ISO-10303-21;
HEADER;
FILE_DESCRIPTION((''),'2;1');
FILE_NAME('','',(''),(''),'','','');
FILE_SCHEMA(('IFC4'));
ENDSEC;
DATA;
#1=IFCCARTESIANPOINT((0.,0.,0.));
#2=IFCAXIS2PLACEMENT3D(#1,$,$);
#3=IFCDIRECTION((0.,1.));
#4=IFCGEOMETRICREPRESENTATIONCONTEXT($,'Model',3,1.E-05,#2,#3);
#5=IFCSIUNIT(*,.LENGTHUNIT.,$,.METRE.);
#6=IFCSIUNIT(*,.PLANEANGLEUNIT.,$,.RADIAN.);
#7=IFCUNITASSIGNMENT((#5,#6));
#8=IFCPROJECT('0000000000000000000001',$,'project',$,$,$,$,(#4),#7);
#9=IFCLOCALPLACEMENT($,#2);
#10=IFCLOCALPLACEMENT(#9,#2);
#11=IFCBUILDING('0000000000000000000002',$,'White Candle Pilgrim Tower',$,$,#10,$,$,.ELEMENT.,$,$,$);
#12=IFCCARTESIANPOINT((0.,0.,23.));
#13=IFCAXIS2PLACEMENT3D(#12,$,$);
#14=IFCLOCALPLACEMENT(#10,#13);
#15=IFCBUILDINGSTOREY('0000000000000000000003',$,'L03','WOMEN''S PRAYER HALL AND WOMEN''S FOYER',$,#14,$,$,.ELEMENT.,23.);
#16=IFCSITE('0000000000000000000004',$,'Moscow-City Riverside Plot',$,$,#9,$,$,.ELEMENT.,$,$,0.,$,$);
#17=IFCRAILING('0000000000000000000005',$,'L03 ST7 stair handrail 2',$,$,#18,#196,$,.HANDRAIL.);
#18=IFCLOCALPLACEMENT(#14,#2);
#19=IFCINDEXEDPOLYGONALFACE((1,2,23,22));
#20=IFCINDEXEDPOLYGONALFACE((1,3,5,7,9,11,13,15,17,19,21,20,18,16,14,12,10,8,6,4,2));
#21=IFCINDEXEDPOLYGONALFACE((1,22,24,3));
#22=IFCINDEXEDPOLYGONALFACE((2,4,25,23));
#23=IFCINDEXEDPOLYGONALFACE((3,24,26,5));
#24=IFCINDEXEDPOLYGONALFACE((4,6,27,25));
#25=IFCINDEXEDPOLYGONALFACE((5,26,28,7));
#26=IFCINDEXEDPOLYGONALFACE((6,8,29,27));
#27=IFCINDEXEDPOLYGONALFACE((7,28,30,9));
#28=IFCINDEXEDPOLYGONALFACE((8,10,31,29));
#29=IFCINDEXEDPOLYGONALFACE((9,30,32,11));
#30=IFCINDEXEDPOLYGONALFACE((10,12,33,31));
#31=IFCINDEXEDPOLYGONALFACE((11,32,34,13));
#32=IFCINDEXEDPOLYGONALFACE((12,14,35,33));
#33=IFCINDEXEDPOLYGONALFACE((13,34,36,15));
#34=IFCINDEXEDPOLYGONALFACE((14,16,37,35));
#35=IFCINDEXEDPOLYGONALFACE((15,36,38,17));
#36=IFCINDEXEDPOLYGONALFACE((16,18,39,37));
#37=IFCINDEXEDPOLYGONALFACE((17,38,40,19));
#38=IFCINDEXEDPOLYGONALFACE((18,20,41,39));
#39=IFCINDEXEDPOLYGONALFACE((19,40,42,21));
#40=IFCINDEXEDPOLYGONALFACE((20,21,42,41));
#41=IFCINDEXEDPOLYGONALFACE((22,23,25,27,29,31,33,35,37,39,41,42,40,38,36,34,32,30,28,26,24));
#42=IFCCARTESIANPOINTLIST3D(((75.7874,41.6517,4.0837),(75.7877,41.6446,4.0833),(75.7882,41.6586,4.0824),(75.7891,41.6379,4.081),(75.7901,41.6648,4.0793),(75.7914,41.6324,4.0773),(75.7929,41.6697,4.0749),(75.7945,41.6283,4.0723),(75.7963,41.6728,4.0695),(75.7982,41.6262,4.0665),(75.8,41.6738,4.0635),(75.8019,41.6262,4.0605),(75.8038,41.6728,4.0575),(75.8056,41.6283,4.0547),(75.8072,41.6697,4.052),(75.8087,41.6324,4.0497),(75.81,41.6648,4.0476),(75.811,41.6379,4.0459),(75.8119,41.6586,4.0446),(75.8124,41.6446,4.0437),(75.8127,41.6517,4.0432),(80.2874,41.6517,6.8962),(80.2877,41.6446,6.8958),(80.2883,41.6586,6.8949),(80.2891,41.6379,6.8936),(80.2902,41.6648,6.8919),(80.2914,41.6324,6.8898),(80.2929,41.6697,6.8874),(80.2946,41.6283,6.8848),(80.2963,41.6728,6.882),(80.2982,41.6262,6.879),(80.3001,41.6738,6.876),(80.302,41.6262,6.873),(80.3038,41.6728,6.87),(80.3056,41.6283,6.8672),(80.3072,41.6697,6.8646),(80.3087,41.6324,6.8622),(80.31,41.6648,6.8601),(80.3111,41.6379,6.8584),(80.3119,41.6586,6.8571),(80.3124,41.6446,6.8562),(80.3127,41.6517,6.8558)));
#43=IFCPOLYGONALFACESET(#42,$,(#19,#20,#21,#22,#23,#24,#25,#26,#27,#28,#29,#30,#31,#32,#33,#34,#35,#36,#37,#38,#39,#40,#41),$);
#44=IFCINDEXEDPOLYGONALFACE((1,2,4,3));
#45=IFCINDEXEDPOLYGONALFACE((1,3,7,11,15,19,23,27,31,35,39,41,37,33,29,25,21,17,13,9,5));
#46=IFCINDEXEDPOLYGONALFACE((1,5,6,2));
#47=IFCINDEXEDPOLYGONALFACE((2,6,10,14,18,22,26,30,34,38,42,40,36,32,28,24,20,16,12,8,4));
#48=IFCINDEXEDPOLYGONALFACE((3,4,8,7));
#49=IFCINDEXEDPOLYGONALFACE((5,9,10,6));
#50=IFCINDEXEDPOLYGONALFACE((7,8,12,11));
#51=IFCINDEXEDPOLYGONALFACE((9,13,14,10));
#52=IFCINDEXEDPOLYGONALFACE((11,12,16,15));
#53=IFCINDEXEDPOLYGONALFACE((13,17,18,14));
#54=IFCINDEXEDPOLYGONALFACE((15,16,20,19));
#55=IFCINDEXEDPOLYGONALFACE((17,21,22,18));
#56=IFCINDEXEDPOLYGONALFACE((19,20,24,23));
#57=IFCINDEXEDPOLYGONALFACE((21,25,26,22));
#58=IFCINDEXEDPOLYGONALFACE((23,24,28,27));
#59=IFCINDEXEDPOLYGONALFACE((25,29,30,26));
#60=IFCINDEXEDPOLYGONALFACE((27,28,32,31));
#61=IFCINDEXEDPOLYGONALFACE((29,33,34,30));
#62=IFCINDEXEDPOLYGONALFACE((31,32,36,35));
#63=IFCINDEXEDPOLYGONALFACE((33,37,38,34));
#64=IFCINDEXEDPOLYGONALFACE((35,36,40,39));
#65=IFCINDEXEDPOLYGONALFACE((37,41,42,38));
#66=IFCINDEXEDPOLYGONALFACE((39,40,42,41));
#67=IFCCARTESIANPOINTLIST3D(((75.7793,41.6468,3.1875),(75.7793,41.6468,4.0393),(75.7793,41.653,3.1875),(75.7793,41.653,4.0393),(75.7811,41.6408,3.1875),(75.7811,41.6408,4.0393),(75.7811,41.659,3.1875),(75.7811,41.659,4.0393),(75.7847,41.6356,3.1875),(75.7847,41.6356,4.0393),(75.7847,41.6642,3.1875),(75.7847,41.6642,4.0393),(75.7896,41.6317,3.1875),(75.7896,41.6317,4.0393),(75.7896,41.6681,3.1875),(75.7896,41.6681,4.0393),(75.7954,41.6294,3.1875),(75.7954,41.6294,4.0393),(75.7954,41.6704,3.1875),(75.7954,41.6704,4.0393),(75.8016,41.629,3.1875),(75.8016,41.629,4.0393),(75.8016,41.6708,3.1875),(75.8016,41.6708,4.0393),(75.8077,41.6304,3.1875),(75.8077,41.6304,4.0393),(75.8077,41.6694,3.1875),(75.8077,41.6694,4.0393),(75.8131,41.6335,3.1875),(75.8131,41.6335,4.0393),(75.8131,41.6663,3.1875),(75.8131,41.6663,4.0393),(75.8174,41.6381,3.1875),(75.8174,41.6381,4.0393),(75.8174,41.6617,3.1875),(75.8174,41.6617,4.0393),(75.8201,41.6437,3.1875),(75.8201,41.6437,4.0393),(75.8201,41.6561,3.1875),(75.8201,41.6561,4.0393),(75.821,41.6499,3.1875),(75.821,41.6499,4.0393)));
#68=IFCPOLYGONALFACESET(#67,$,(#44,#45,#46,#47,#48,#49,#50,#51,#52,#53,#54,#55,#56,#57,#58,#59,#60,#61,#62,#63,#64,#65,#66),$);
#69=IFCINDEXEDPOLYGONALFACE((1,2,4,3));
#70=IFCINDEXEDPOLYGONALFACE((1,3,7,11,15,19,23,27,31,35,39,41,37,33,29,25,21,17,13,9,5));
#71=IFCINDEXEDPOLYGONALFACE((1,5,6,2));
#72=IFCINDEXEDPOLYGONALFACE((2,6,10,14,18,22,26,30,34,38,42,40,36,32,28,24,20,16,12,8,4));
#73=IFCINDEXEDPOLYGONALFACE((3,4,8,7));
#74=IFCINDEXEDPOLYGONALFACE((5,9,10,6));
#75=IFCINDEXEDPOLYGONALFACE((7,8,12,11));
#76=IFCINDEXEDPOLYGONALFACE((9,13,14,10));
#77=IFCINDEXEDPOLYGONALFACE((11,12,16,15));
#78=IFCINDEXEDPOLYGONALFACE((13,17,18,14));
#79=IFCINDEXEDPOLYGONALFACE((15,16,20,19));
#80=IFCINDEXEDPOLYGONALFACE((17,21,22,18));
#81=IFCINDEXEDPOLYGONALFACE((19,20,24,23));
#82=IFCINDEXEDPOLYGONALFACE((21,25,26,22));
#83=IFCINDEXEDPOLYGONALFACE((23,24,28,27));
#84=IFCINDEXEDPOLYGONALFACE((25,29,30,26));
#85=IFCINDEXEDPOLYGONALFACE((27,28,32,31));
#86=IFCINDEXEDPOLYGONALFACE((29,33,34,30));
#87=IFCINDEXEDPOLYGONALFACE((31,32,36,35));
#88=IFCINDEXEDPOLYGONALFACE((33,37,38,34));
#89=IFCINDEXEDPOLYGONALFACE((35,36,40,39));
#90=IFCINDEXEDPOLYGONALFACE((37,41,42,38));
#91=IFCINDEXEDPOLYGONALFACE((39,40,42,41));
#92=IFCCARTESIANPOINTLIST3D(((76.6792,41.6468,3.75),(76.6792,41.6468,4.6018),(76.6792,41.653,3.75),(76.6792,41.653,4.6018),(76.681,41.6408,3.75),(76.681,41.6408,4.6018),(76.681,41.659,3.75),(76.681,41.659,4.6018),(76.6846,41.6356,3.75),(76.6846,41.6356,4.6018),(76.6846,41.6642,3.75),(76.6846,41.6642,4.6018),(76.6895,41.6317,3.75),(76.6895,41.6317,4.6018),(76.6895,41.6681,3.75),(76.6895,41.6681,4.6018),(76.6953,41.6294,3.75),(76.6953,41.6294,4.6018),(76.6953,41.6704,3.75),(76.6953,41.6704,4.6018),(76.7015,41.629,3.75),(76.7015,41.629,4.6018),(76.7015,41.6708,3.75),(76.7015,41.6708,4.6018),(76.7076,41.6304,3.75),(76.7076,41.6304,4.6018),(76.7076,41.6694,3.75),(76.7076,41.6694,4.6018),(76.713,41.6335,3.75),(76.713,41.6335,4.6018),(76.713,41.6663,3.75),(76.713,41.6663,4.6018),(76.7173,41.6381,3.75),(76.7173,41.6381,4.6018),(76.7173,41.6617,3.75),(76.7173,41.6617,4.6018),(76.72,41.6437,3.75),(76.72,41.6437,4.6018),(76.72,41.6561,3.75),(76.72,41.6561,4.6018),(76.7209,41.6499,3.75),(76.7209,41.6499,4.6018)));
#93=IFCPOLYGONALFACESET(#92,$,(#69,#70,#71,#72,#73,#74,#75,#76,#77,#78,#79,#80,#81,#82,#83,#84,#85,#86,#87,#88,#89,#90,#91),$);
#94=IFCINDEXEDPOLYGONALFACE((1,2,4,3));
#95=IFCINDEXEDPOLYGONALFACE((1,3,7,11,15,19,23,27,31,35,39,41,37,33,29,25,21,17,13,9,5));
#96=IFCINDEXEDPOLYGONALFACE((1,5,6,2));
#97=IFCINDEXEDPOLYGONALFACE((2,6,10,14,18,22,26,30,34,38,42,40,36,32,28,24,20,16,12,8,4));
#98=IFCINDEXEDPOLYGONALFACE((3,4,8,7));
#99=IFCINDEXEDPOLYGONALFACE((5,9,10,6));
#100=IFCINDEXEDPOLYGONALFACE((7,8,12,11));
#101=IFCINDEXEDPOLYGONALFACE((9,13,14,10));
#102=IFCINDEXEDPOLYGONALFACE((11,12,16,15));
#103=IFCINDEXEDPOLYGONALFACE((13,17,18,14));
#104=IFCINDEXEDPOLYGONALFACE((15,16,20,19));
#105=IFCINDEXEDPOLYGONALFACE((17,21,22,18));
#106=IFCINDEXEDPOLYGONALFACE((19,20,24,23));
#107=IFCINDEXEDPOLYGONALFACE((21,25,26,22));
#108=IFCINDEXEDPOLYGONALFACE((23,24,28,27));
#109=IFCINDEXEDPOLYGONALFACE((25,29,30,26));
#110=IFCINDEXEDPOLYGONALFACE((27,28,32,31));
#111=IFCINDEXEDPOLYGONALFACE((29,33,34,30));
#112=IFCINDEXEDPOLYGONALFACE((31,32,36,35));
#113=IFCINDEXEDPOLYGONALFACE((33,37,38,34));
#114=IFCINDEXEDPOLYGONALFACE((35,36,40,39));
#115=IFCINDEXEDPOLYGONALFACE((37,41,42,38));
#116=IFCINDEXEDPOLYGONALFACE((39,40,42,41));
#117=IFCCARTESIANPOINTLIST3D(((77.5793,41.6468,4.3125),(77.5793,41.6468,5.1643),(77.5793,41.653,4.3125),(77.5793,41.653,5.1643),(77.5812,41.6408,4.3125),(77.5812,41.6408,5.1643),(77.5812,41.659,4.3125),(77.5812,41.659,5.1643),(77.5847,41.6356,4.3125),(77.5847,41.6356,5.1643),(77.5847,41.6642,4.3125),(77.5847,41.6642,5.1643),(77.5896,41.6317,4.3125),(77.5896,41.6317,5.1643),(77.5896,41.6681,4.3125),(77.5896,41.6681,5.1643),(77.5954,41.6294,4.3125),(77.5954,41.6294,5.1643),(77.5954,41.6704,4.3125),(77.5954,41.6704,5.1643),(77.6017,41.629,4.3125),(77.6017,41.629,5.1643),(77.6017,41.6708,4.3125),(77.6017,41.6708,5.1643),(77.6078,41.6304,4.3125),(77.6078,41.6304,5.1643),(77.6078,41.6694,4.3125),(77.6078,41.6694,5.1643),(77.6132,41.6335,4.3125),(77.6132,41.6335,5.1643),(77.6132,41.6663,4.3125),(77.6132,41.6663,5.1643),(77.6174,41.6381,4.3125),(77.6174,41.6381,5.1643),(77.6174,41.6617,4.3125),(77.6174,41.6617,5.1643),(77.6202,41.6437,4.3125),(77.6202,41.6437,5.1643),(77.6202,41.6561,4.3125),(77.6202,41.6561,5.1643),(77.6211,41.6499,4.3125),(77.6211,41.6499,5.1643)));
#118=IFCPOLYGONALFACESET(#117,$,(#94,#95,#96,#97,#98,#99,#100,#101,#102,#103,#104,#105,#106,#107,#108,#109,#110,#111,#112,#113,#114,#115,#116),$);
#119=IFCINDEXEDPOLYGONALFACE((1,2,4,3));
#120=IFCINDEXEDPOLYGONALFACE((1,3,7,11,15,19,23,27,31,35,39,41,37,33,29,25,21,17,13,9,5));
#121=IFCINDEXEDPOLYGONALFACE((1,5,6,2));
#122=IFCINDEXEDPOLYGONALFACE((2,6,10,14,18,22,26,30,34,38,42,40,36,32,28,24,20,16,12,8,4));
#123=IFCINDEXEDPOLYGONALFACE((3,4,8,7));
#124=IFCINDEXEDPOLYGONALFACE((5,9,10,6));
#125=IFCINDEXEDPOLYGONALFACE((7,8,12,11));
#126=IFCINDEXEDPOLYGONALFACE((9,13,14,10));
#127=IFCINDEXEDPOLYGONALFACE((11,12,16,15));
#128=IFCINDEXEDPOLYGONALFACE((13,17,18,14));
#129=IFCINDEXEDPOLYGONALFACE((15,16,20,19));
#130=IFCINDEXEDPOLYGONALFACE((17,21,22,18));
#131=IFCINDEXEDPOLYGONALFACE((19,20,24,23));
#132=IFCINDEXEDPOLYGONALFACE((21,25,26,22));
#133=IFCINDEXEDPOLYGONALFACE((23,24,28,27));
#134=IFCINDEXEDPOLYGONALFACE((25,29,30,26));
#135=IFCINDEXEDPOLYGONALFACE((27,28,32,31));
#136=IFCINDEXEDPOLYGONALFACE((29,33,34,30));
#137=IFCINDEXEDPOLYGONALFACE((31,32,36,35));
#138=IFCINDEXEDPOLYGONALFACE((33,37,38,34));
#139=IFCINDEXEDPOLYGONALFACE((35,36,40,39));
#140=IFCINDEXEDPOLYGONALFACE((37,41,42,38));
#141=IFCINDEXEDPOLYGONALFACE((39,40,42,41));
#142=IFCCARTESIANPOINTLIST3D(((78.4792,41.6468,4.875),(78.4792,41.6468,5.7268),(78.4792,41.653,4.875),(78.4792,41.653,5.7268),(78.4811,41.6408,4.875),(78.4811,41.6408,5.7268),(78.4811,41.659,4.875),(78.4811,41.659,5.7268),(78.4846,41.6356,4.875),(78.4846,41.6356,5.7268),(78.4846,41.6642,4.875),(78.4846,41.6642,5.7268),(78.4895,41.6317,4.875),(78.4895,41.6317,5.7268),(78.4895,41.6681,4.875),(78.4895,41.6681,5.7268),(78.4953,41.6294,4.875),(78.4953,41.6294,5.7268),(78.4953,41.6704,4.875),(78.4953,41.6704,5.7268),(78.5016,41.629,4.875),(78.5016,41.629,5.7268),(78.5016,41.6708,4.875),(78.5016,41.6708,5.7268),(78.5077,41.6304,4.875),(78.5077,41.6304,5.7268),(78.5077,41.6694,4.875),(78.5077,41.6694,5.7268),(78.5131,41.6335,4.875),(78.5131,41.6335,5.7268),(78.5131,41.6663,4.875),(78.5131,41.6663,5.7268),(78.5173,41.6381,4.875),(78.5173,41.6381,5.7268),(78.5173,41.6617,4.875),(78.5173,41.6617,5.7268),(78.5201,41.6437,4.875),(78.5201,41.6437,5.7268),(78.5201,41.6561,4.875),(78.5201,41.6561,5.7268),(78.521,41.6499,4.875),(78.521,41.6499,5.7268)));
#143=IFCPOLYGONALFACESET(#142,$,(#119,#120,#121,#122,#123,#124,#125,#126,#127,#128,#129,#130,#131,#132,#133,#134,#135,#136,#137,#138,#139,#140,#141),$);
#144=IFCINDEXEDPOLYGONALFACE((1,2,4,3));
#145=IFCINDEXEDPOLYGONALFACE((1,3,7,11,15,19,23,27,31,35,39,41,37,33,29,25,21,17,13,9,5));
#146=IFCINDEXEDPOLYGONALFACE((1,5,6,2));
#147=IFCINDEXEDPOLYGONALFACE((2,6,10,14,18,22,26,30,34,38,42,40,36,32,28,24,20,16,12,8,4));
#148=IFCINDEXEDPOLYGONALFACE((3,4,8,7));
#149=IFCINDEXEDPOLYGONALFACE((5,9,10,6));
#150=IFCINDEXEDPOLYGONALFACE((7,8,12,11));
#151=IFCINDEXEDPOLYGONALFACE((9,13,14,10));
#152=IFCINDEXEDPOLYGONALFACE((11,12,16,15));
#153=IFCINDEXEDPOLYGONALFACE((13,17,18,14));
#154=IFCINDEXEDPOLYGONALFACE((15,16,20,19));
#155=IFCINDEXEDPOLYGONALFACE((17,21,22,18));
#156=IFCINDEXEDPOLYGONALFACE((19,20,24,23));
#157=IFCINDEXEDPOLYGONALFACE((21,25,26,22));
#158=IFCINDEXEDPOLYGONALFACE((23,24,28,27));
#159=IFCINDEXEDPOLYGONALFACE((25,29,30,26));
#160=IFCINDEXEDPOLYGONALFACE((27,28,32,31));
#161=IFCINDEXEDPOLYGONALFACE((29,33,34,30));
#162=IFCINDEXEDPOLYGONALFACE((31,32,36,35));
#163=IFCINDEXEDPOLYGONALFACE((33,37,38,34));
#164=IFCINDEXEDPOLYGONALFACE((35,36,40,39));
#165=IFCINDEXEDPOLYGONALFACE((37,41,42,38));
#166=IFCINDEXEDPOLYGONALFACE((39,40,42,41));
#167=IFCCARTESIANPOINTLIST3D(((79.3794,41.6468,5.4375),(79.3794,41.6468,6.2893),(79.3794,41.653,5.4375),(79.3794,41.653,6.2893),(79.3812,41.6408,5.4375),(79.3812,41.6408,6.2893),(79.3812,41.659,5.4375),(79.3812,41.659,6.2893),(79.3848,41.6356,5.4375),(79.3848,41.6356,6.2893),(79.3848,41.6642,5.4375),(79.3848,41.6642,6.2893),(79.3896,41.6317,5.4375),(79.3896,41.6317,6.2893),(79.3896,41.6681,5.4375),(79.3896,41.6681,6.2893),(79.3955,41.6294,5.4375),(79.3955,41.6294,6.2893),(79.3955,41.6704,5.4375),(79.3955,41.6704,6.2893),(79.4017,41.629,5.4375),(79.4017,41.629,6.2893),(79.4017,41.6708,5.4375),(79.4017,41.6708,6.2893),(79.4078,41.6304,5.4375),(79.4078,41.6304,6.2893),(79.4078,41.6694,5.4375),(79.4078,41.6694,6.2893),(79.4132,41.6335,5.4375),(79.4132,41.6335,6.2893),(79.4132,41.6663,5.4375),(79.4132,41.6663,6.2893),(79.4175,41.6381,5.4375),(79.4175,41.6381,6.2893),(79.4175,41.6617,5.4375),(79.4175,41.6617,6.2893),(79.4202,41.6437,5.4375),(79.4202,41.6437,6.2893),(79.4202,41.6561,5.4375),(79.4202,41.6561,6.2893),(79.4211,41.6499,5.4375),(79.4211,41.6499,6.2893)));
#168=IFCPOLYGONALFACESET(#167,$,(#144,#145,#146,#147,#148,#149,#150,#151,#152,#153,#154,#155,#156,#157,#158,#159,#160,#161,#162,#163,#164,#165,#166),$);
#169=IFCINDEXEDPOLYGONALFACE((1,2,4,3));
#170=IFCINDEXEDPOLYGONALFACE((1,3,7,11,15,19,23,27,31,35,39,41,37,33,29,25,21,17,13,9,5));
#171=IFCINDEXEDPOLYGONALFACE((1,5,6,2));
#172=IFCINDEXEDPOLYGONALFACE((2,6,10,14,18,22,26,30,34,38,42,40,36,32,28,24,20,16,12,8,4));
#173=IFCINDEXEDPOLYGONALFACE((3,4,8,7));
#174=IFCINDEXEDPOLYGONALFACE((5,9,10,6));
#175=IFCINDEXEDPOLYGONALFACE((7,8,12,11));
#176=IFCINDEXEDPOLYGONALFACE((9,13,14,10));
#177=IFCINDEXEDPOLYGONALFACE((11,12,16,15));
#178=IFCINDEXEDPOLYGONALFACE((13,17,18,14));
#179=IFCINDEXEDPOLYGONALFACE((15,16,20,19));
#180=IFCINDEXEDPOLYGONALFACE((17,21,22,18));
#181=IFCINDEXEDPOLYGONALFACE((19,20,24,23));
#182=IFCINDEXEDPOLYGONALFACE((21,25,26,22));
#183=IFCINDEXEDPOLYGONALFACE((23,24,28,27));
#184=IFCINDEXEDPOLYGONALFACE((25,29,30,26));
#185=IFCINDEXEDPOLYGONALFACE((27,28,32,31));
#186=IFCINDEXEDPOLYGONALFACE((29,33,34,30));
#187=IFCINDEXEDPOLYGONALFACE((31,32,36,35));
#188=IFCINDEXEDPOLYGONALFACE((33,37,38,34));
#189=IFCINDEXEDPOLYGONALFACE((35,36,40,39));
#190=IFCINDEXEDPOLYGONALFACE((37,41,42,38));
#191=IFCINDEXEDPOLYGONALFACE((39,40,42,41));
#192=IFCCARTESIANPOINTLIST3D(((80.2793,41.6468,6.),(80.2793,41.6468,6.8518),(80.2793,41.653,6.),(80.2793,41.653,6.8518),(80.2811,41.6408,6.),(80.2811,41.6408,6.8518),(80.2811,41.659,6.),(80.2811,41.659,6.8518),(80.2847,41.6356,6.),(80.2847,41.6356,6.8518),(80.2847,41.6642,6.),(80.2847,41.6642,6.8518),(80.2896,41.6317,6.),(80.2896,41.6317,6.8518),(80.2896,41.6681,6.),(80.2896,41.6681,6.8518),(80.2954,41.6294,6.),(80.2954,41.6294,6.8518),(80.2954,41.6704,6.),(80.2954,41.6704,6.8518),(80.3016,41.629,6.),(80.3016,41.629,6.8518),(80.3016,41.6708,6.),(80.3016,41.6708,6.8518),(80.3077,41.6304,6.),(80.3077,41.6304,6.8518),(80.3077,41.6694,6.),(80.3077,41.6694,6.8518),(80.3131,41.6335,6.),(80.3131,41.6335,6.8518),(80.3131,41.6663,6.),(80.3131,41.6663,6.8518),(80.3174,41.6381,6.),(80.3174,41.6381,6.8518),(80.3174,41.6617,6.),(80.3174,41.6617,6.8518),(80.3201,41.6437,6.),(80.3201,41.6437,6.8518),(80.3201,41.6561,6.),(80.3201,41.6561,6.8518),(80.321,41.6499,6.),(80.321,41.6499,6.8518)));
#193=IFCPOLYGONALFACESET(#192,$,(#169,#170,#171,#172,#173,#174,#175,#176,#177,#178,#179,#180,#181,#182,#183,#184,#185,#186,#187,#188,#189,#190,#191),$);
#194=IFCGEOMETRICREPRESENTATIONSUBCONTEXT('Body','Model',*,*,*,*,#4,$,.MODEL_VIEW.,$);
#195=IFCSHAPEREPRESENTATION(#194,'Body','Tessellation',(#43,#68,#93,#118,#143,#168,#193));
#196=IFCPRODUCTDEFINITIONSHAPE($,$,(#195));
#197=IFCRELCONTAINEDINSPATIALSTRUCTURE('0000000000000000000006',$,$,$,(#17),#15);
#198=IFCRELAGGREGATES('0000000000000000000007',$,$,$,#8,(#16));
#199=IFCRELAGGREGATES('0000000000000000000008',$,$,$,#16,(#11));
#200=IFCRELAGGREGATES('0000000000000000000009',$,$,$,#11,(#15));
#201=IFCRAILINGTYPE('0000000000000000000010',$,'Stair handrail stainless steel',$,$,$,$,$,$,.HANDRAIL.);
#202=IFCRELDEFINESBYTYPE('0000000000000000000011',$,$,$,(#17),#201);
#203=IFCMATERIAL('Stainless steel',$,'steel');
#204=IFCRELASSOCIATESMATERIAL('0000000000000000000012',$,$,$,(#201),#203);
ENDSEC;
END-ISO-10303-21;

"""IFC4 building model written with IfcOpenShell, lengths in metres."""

from ifc_helpers import new_model, si_unit, direction, frame, origin, origin_2d, place, context, subcontext, project, spatial, circle, extrude, material, type_object, element, save


model = new_model("IFC4")

# Units and contexts
model_context = context("Model", 3, precision=1e-05, world=origin(), true_north=direction((0.0, 1.0)))
body_context = subcontext(model_context, "Body", "Model", "MODEL_VIEW")
ifc_project = project(units=[si_unit("LENGTHUNIT", "METRE"), si_unit("PLANEANGLEUNIT", "RADIAN")], contexts=[model_context])

# Site, building, storey
site_placement = place(None, origin())
site = spatial("IfcSite", under=ifc_project, at=site_placement, Name="Moscow-City Riverside Plot", CompositionType="ELEMENT", RefElevation=0.0)
building_placement = place(site_placement, origin())
building = spatial("IfcBuilding", under=site, at=building_placement, Name="White Candle Pilgrim Tower", CompositionType="ELEMENT")
storey_placement = place(building_placement, frame((0.0, 0.0, 23.0)))
storey = spatial("IfcBuildingStorey", under=building, at=storey_placement, Name="L03", Description="WOMEN'S PRAYER HALL AND WOMEN'S FOYER", CompositionType="ELEMENT", Elevation=23.0)

# Railing
ifc_material_1 = material(Name="Stainless steel", Category="steel")
railing_type_1 = type_object("IfcRailingType", Name="Stair handrail stainless steel", PredefinedType="HANDRAIL", material=ifc_material_1)
railing_1_placement = place(storey_placement, frame((75.8, 41.6499, 3.1875)))
element("IfcRailing", 1, at=railing_1_placement, inside=storey, type_object=railing_type_1, Name="L03 ST7 stair handrail 2", PredefinedType="HANDRAIL", context=body_context, shape_type="SweptSolid", body=[
    extrude(circle(Radius=0.0239, at=origin_2d()), frame((0.0, 0.0, 0.876), z_axis=(0.847998, 0.0, 0.529999), x_axis=(0.0, 1.0, 0.0)), (0.0, 0.0, 1.0), 5.3066),
    extrude(circle(Radius=0.021, at=origin_2d()), origin(), (0.0, 0.0, 1.0), 0.8518),
    extrude(circle(Radius=0.021, at=origin_2d()), frame((0.8999, 0.0, 0.5625)), (0.0, 0.0, 1.0), 0.8518),
    extrude(circle(Radius=0.021, at=origin_2d()), frame((1.8, 0.0, 1.125)), (0.0, 0.0, 1.0), 0.8518),
    extrude(circle(Radius=0.021, at=origin_2d()), frame((2.7, 0.0, 1.6875)), (0.0, 0.0, 1.0), 0.8518),
    extrude(circle(Radius=0.021, at=origin_2d()), frame((3.6001, 0.0, 2.25)), (0.0, 0.0, 1.0), 0.8518),
    extrude(circle(Radius=0.021, at=origin_2d()), frame((4.5, 0.0, 2.8125)), (0.0, 0.0, 1.0), 0.8518),
])

save(model, "model.ifc")
